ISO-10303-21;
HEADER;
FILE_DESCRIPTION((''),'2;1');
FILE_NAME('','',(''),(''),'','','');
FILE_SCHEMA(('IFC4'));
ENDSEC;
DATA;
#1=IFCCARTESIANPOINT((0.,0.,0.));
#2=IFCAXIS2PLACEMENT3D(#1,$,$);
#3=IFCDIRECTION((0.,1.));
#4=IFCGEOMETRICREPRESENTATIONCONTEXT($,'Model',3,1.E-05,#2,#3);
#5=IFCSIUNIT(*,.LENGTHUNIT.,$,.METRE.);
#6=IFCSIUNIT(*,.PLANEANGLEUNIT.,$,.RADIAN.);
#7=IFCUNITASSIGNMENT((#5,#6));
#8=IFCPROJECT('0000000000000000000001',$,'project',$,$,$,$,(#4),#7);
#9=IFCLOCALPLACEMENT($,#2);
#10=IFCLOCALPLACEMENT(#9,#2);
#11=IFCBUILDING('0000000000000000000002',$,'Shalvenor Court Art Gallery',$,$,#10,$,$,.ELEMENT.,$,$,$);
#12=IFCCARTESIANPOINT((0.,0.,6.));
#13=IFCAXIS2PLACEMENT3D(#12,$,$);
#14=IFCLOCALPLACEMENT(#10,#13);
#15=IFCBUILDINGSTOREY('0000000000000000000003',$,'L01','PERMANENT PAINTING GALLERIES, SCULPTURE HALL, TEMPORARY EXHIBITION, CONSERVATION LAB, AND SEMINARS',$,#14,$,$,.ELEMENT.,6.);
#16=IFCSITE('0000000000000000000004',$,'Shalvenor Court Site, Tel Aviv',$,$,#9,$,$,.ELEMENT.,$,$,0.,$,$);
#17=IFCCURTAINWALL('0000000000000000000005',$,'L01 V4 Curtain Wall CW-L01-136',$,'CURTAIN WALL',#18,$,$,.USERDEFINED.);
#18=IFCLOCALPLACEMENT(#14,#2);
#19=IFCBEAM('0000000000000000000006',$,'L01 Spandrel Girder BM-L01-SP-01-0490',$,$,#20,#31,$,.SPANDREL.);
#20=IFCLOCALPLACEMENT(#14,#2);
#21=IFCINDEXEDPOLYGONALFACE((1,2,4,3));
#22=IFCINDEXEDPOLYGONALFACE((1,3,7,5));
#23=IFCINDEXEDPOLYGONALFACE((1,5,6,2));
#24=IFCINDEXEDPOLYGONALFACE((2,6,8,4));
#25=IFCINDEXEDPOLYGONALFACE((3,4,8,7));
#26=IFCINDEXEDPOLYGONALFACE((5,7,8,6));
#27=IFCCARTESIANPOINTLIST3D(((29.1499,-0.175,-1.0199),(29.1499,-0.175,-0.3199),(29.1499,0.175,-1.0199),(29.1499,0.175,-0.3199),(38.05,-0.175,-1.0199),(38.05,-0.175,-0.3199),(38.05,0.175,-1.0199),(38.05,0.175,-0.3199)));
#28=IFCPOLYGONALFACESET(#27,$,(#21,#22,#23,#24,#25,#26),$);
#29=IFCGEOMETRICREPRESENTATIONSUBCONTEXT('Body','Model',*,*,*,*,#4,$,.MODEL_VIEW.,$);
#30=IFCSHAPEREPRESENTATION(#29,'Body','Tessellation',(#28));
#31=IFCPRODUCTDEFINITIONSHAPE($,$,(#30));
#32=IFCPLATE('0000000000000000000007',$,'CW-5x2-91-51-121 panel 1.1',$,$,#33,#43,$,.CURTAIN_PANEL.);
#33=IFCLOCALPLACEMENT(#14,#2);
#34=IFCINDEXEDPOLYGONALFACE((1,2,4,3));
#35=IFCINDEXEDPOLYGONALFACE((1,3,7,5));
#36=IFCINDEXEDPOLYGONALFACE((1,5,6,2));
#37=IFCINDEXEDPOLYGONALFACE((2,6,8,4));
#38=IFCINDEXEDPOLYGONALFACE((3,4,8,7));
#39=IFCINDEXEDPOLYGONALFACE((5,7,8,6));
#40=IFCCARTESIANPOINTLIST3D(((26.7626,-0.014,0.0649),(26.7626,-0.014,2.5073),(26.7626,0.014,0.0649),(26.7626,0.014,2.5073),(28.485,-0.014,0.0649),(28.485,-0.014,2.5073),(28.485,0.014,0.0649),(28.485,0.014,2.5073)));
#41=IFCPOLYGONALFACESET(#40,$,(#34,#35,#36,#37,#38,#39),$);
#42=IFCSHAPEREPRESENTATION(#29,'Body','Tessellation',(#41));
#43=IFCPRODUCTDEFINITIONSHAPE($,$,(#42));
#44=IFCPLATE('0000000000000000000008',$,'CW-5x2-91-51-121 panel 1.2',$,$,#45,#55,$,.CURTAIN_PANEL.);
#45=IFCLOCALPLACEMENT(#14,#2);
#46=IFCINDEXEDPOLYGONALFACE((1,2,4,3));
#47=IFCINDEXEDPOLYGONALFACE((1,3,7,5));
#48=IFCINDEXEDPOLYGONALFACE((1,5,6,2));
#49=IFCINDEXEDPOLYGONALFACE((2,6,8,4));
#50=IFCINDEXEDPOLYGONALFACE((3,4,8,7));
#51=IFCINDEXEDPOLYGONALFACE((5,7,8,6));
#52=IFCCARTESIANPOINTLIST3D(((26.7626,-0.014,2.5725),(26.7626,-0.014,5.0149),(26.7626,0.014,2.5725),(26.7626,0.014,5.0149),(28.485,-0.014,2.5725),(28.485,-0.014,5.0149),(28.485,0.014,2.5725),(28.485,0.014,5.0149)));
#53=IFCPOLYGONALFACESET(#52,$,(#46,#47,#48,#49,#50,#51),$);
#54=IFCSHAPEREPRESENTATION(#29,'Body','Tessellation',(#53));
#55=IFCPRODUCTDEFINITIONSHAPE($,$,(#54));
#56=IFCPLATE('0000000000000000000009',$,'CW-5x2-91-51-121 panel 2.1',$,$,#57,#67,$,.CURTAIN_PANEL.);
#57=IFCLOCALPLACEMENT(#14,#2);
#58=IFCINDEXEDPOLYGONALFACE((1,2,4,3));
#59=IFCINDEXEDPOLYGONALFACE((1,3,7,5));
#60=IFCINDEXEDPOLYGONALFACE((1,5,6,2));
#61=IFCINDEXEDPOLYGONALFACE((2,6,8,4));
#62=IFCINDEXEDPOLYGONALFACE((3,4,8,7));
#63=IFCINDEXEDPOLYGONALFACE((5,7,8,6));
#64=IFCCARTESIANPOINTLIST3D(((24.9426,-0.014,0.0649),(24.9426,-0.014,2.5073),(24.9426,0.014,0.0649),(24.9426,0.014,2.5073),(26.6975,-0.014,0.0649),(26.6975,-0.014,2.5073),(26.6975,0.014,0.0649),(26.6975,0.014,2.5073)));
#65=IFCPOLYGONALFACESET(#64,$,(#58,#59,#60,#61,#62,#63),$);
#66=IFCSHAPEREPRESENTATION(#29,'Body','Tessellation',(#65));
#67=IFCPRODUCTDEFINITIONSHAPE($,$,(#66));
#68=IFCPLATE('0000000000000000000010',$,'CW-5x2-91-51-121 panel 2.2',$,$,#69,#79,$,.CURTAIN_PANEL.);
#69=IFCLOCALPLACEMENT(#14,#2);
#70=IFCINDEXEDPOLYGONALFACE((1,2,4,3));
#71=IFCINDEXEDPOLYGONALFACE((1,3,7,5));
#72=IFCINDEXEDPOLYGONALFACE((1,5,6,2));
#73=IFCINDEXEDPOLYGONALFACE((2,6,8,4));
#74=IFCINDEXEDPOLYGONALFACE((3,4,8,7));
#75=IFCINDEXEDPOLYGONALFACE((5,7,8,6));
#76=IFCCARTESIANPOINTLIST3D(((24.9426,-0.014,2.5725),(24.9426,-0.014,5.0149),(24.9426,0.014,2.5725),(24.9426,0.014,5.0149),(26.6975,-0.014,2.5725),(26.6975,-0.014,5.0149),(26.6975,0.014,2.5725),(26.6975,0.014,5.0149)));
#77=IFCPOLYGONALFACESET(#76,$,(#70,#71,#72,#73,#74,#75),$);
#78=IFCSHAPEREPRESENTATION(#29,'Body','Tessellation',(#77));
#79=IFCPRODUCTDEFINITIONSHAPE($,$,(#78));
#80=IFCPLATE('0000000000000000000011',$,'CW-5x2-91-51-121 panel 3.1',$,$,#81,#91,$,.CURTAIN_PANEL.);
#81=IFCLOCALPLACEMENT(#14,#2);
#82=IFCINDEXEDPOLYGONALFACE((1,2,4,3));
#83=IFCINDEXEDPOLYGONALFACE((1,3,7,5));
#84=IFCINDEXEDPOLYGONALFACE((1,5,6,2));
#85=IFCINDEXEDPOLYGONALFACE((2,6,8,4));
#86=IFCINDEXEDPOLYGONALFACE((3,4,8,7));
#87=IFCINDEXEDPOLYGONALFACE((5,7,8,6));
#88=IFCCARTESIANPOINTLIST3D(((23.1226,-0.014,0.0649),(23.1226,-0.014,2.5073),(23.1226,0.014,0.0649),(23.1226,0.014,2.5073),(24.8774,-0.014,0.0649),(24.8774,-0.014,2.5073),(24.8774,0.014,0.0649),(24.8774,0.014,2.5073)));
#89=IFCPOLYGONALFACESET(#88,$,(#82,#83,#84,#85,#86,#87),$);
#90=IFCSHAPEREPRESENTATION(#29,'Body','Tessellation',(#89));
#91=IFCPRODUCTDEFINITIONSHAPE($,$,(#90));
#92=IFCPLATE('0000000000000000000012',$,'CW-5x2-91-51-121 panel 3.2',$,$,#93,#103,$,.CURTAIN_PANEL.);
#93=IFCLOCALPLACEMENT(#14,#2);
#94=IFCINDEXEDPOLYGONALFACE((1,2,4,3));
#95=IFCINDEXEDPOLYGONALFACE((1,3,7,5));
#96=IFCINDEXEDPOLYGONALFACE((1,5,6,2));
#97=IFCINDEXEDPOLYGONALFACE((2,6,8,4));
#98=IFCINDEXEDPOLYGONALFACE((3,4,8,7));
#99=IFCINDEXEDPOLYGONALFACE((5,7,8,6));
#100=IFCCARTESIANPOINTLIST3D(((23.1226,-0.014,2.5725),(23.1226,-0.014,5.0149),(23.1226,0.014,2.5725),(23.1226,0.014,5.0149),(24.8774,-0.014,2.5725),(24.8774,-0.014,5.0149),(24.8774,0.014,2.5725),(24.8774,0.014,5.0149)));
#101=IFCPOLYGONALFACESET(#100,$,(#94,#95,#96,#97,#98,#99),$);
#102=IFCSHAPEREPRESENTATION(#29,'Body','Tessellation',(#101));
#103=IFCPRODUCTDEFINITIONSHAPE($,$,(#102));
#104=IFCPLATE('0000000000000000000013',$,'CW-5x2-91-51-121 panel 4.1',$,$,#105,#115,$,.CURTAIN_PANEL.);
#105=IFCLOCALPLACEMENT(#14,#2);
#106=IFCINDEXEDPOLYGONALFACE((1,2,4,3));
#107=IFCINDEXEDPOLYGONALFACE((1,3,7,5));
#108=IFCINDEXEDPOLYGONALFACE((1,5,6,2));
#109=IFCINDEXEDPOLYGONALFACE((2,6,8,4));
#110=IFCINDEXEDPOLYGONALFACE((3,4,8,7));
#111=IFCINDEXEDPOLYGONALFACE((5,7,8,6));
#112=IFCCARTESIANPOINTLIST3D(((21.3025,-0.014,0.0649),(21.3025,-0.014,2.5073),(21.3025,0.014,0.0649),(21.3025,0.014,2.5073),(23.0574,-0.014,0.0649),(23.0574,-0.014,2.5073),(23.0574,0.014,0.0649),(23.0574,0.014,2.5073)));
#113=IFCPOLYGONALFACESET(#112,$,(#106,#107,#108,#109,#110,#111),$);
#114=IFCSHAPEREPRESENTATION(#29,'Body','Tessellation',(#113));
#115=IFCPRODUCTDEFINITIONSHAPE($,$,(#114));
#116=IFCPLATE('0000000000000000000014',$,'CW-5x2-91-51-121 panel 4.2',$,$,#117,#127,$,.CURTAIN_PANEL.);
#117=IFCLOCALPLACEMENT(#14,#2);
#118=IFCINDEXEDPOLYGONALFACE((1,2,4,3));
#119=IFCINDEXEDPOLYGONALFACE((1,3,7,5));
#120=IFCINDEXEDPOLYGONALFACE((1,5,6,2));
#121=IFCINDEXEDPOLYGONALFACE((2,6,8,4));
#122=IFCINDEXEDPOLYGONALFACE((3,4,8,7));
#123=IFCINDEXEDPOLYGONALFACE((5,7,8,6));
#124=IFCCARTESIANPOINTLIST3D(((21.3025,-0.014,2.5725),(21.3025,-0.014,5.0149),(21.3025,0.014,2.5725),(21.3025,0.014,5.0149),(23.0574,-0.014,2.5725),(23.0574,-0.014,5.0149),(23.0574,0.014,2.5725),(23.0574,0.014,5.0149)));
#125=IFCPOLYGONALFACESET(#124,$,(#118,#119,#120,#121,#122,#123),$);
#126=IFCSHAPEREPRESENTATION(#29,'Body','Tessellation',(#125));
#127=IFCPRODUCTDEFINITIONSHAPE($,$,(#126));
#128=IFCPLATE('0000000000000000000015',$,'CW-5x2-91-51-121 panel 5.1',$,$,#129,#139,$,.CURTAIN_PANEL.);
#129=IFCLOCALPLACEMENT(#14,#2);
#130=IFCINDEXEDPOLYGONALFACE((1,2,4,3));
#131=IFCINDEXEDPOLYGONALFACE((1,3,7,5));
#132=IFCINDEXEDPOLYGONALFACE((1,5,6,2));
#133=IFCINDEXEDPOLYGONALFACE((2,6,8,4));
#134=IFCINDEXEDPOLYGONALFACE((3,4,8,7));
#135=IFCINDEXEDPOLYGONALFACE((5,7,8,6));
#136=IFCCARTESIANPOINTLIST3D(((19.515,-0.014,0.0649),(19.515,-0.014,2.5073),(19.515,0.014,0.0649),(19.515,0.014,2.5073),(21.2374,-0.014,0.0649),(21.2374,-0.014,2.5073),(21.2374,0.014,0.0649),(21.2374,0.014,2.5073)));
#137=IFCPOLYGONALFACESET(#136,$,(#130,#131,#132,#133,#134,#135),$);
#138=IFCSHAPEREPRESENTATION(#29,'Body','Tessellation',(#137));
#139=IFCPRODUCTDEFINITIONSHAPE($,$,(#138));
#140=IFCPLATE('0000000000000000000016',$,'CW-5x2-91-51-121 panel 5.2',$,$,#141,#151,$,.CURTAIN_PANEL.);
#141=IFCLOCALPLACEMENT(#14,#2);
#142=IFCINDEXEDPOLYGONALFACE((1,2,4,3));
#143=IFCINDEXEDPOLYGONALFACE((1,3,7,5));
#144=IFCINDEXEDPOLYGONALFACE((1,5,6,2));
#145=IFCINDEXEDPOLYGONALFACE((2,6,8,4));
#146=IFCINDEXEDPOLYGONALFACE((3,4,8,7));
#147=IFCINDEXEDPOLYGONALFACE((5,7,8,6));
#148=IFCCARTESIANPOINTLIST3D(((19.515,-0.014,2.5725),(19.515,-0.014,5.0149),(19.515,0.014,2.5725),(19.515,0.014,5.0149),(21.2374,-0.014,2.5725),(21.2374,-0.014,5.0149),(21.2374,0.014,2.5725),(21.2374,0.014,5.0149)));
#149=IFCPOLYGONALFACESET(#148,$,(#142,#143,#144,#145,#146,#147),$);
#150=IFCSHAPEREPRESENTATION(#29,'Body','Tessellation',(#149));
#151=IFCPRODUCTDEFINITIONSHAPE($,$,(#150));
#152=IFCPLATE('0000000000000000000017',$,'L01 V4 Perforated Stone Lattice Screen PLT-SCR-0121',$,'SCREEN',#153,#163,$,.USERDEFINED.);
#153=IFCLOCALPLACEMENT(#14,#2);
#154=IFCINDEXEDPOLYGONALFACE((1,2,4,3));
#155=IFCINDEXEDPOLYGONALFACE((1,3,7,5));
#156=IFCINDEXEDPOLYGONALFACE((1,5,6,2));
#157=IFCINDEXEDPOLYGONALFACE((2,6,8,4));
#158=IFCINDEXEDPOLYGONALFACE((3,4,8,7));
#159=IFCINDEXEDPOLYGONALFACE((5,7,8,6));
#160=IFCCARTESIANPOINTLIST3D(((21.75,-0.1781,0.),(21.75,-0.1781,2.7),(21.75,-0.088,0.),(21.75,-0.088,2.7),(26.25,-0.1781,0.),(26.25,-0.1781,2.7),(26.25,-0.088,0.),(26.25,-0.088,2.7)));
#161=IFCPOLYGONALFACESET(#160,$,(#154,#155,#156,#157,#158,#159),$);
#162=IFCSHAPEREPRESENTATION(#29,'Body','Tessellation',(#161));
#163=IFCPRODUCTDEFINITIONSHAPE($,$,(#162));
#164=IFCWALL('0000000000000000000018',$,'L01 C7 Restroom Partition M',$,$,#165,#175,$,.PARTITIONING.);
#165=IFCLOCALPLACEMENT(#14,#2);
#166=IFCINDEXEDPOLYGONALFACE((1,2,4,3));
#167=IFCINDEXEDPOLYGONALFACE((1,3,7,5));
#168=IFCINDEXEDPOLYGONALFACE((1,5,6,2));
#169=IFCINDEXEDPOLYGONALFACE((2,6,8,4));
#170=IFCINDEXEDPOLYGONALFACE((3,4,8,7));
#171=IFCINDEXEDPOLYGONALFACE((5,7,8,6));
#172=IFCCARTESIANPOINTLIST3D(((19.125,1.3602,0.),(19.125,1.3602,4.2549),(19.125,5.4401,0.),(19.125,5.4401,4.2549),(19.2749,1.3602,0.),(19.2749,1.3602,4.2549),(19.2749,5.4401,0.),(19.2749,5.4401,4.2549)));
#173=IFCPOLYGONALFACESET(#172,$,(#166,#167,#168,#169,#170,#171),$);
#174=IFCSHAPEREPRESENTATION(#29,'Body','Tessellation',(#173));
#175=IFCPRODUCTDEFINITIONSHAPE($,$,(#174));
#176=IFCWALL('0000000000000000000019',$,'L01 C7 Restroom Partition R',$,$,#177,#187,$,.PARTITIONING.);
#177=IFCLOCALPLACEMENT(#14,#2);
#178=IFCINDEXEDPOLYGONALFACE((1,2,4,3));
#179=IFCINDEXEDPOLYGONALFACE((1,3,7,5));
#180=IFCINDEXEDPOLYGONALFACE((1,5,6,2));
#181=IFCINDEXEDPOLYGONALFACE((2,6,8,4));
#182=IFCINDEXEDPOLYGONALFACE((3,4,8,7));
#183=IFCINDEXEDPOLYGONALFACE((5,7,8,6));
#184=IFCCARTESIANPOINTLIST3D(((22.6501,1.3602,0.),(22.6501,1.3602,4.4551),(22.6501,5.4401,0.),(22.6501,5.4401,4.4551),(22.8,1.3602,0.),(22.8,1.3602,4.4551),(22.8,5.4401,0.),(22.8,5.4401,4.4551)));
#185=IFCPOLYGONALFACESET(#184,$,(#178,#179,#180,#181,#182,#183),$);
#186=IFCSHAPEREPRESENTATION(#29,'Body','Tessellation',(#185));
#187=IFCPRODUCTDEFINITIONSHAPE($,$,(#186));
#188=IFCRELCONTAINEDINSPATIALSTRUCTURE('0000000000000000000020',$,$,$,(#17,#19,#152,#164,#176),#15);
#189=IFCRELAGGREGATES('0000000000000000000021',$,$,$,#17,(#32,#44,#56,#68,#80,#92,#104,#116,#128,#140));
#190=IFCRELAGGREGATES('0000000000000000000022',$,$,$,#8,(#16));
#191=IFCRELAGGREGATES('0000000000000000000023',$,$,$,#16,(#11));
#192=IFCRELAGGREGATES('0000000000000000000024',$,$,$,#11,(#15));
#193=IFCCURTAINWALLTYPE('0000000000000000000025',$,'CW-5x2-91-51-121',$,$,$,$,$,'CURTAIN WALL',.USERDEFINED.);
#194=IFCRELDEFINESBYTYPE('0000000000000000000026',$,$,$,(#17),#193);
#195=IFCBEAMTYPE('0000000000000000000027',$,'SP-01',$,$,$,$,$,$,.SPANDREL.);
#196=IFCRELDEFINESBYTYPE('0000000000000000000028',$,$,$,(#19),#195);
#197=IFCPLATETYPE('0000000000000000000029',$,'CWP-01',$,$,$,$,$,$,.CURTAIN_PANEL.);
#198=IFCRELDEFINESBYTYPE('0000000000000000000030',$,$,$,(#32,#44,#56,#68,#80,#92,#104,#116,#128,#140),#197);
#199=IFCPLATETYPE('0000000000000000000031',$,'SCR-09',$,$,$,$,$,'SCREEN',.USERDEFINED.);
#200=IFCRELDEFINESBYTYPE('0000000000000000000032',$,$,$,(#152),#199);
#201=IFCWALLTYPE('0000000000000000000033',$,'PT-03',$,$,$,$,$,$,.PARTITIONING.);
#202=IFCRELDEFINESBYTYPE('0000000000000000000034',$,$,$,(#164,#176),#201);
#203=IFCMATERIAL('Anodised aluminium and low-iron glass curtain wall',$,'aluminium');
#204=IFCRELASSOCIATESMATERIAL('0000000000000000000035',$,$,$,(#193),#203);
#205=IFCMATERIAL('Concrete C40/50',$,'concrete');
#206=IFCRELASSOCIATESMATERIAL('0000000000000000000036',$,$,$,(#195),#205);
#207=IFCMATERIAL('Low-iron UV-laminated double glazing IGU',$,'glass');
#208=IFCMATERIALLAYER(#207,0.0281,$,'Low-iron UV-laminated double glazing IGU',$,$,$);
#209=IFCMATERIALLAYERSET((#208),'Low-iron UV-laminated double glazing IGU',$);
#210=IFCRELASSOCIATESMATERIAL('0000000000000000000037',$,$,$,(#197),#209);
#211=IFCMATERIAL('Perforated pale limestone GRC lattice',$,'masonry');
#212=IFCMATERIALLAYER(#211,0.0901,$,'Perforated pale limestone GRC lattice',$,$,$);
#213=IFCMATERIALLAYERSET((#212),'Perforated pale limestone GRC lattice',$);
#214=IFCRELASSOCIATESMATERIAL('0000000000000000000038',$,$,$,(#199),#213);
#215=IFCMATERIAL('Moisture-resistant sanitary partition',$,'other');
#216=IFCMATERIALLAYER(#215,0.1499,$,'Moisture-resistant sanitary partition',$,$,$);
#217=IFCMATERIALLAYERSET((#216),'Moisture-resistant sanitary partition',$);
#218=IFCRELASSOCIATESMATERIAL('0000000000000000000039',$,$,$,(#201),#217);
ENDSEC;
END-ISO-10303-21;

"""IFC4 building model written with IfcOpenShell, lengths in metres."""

from ifc_helpers import new_model, si_unit, direction, frame, frame_2d, origin, origin_2d, place, context, subcontext, project, spatial, rectangle, extrude, material, layer, layer_set, material_profile, profile_set, type_object, element, aggregate, save


model = new_model("IFC4")

# Units and contexts
model_context = context("Model", 3, precision=1e-05, world=origin(), true_north=direction((0.0, 1.0)))
body_context = subcontext(model_context, "Body", "Model", "MODEL_VIEW")
ifc_project = project(units=[si_unit("LENGTHUNIT", "METRE"), si_unit("PLANEANGLEUNIT", "RADIAN")], contexts=[model_context])

# Site, building, storey
site_placement = place(None, origin())
site = spatial("IfcSite", under=ifc_project, at=site_placement, Name="Shalvenor Court Site, Tel Aviv", CompositionType="ELEMENT", RefElevation=0.0)
building_placement = place(site_placement, origin())
building = spatial("IfcBuilding", under=site, at=building_placement, Name="Shalvenor Court Art Gallery", CompositionType="ELEMENT")
storey_placement = place(building_placement, frame((0.0, 0.0, 6.0)))
storey = spatial("IfcBuildingStorey", under=building, at=storey_placement, Name="L01", Description="PERMANENT PAINTING GALLERIES, SCULPTURE HALL, TEMPORARY EXHIBITION, CONSERVATION LAB, AND SEMINARS", CompositionType="ELEMENT", Elevation=6.0)

# Curtain wall
ifc_material_1 = material(Name="Anodised aluminium and low-iron glass curtain wall", Category="aluminium")
curtain_wall_type = type_object("IfcCurtainWallType", Name="CW-5x2-91-51-121", ElementType="CURTAIN WALL", PredefinedType="USERDEFINED", material=ifc_material_1)
curtain_wall_placement = place(storey_placement, origin())
curtain_wall = element("IfcCurtainWall", 1, at=curtain_wall_placement, inside=storey, type_object=curtain_wall_type, Name="L01 V4 Curtain Wall CW-L01-136", ObjectType="CURTAIN WALL", PredefinedType="USERDEFINED")

# Beam
ifc_material_2 = material(Name="Concrete C40/50", Category="concrete")
ifc_material_profile_1 = material_profile(ifc_material_2, rectangle(XDim=0.3501, YDim=0.7, at=origin_2d()), Name="RC 350x700")
ifc_profile_set_1 = profile_set([ifc_material_profile_1], Name="Concrete C40/50")
beam_type_1 = type_object("IfcBeamType", Name="SP-01", PredefinedType="SPANDREL", material=ifc_profile_set_1)
beam_1_placement = place(storey_placement, frame((29.1499, 0.0, -0.6699), z_axis=(1.0, 0.0, 0.0), x_axis=(0.0, 1.0, 0.0)))
element("IfcBeam", 2, at=beam_1_placement, inside=storey, type_object=beam_type_1, Name="L01 Spandrel Girder BM-L01-SP-01-0490", PredefinedType="SPANDREL", context=body_context, shape_type="SweptSolid", body=[
    extrude(rectangle(XDim=0.3501, YDim=0.7, at=origin_2d()), origin(), (0.0, 0.0, 1.0), 8.9001),
])

# Plates
ifc_material_3 = material(Name="Low-iron UV-laminated double glazing IGU", Category="glass")
ifc_layer_1 = layer(ifc_material_3, 0.0281, Name="Low-iron UV-laminated double glazing IGU")
ifc_layer_set_1 = layer_set([ifc_layer_1], Name="Low-iron UV-laminated double glazing IGU")
plate_type_1 = type_object("IfcPlateType", Name="CWP-01", PredefinedType="CURTAIN_PANEL", material=ifc_layer_set_1)
plate_1_placement = place(storey_placement, frame((27.6238, 0.0, 0.0649), z_axis=(0.0, 0.0, 1.0), x_axis=(-1.0, 0.0, 0.0)))
plate_1 = element("IfcPlate", 3, at=plate_1_placement, type_object=plate_type_1, Name="CW-5x2-91-51-121 panel 1.1", PredefinedType="CURTAIN_PANEL", context=body_context, shape_type="SweptSolid", body=[
    extrude(rectangle(XDim=1.7224, YDim=0.0281, at=origin_2d()), origin(), (0.0, 0.0, 1.0), 2.4424),
])
plate_2_placement = place(storey_placement, frame((27.6238, 0.0, 2.5725), z_axis=(0.0, 0.0, 1.0), x_axis=(-1.0, 0.0, 0.0)))
plate_2 = element("IfcPlate", 4, at=plate_2_placement, type_object=plate_type_1, Name="CW-5x2-91-51-121 panel 1.2", PredefinedType="CURTAIN_PANEL", context=body_context, shape_type="SweptSolid", body=[
    extrude(rectangle(XDim=1.7224, YDim=0.0281, at=origin_2d()), origin(), (0.0, 0.0, 1.0), 2.4424),
])
plate_3_placement = place(storey_placement, frame((25.8201, 0.0, 0.0649), z_axis=(0.0, 0.0, 1.0), x_axis=(-1.0, 0.0, 0.0)))
plate_3 = element("IfcPlate", 5, at=plate_3_placement, type_object=plate_type_1, Name="CW-5x2-91-51-121 panel 2.1", PredefinedType="CURTAIN_PANEL", context=body_context, shape_type="SweptSolid", body=[
    extrude(rectangle(XDim=1.7549, YDim=0.0281, at=origin_2d()), origin(), (0.0, 0.0, 1.0), 2.4424),
])
plate_4_placement = place(storey_placement, frame((25.8201, 0.0, 2.5725), z_axis=(0.0, 0.0, 1.0), x_axis=(-1.0, 0.0, 0.0)))
plate_4 = element("IfcPlate", 6, at=plate_4_placement, type_object=plate_type_1, Name="CW-5x2-91-51-121 panel 2.2", PredefinedType="CURTAIN_PANEL", context=body_context, shape_type="SweptSolid", body=[
    extrude(rectangle(XDim=1.7549, YDim=0.0281, at=origin_2d()), origin(), (0.0, 0.0, 1.0), 2.4424),
])
plate_5_placement = place(storey_placement, frame((24.0, 0.0, 0.0649), z_axis=(0.0, 0.0, 1.0), x_axis=(-1.0, 0.0, 0.0)))
plate_5 = element("IfcPlate", 7, at=plate_5_placement, type_object=plate_type_1, Name="CW-5x2-91-51-121 panel 3.1", PredefinedType="CURTAIN_PANEL", context=body_context, shape_type="SweptSolid", body=[
    extrude(rectangle(XDim=1.7549, YDim=0.0281, at=origin_2d()), origin(), (0.0, 0.0, 1.0), 2.4424),
])
plate_6_placement = place(storey_placement, frame((24.0, 0.0, 2.5725), z_axis=(0.0, 0.0, 1.0), x_axis=(-1.0, 0.0, 0.0)))
plate_6 = element("IfcPlate", 8, at=plate_6_placement, type_object=plate_type_1, Name="CW-5x2-91-51-121 panel 3.2", PredefinedType="CURTAIN_PANEL", context=body_context, shape_type="SweptSolid", body=[
    extrude(rectangle(XDim=1.7549, YDim=0.0281, at=origin_2d()), origin(), (0.0, 0.0, 1.0), 2.4424),
])
plate_7_placement = place(storey_placement, frame((22.1799, 0.0, 0.0649), z_axis=(0.0, 0.0, 1.0), x_axis=(-1.0, 0.0, 0.0)))
plate_7 = element("IfcPlate", 9, at=plate_7_placement, type_object=plate_type_1, Name="CW-5x2-91-51-121 panel 4.1", PredefinedType="CURTAIN_PANEL", context=body_context, shape_type="SweptSolid", body=[
    extrude(rectangle(XDim=1.7549, YDim=0.0281, at=origin_2d()), origin(), (0.0, 0.0, 1.0), 2.4424),
])
plate_8_placement = place(storey_placement, frame((22.1799, 0.0, 2.5725), z_axis=(0.0, 0.0, 1.0), x_axis=(-1.0, 0.0, 0.0)))
plate_8 = element("IfcPlate", 10, at=plate_8_placement, type_object=plate_type_1, Name="CW-5x2-91-51-121 panel 4.2", PredefinedType="CURTAIN_PANEL", context=body_context, shape_type="SweptSolid", body=[
    extrude(rectangle(XDim=1.7549, YDim=0.0281, at=origin_2d()), origin(), (0.0, 0.0, 1.0), 2.4424),
])
plate_9_placement = place(storey_placement, frame((20.3762, 0.0, 0.0649), z_axis=(0.0, 0.0, 1.0), x_axis=(-1.0, 0.0, 0.0)))
plate_9 = element("IfcPlate", 11, at=plate_9_placement, type_object=plate_type_1, Name="CW-5x2-91-51-121 panel 5.1", PredefinedType="CURTAIN_PANEL", context=body_context, shape_type="SweptSolid", body=[
    extrude(rectangle(XDim=1.7224, YDim=0.0281, at=origin_2d()), origin(), (0.0, 0.0, 1.0), 2.4424),
])
plate_10_placement = place(storey_placement, frame((20.3762, 0.0, 2.5725), z_axis=(0.0, 0.0, 1.0), x_axis=(-1.0, 0.0, 0.0)))
plate_10 = element("IfcPlate", 12, at=plate_10_placement, type_object=plate_type_1, Name="CW-5x2-91-51-121 panel 5.2", PredefinedType="CURTAIN_PANEL", context=body_context, shape_type="SweptSolid", body=[
    extrude(rectangle(XDim=1.7224, YDim=0.0281, at=origin_2d()), origin(), (0.0, 0.0, 1.0), 2.4424),
])
aggregate(curtain_wall, [plate_1, plate_2, plate_3, plate_4, plate_5, plate_6, plate_7, plate_8, plate_9, plate_10])
ifc_material_4 = material(Name="Perforated pale limestone GRC lattice", Category="masonry")
ifc_layer_2 = layer(ifc_material_4, 0.0901, Name="Perforated pale limestone GRC lattice")
ifc_layer_set_2 = layer_set([ifc_layer_2], Name="Perforated pale limestone GRC lattice")
plate_type_2 = type_object("IfcPlateType", Name="SCR-09", ElementType="SCREEN", PredefinedType="USERDEFINED", material=ifc_layer_set_2)
plate_11_placement = place(storey_placement, frame((24.0, -0.1331, 0.0), z_axis=(0.0, 0.0, 1.0), x_axis=(-1.0, 0.0, 0.0)))
element("IfcPlate", 13, at=plate_11_placement, inside=storey, type_object=plate_type_2, Name="L01 V4 Perforated Stone Lattice Screen PLT-SCR-0121", ObjectType="SCREEN", PredefinedType="USERDEFINED", context=body_context, shape_type="SweptSolid", body=[
    extrude(rectangle(XDim=4.5, YDim=0.0901, at=origin_2d()), origin(), (0.0, 0.0, 1.0), 2.7),
])

# Walls
ifc_material_5 = material(Name="Moisture-resistant sanitary partition", Category="other")
ifc_layer_3 = layer(ifc_material_5, 0.1499, Name="Moisture-resistant sanitary partition")
ifc_layer_set_3 = layer_set([ifc_layer_3], Name="Moisture-resistant sanitary partition")
wall_type = type_object("IfcWallType", Name="PT-03", PredefinedType="PARTITIONING", material=ifc_layer_set_3)
wall_1_placement = place(storey_placement, frame((19.2, 1.3601, 0.0), z_axis=(0.0, 0.0, 1.0), x_axis=(0.0, 1.0, 0.0)))
element("IfcWall", 14, at=wall_1_placement, inside=storey, type_object=wall_type, Name="L01 C7 Restroom Partition M", PredefinedType="PARTITIONING", context=body_context, shape_type="SweptSolid", body=[
    extrude(rectangle(XDim=4.0798, YDim=0.1499, at=frame_2d((2.04, 0.0))), origin(), (0.0, 0.0, 1.0), 4.2549),
])
wall_2_placement = place(storey_placement, frame((22.7251, 1.3601, 0.0), z_axis=(0.0, 0.0, 1.0), x_axis=(0.0, 1.0, 0.0)))
element("IfcWall", 15, at=wall_2_placement, inside=storey, type_object=wall_type, Name="L01 C7 Restroom Partition R", PredefinedType="PARTITIONING", context=body_context, shape_type="SweptSolid", body=[
    extrude(rectangle(XDim=4.0798, YDim=0.1499, at=frame_2d((2.04, 0.0))), origin(), (0.0, 0.0, 1.0), 4.4551),
])

save(model, "model.ifc")
